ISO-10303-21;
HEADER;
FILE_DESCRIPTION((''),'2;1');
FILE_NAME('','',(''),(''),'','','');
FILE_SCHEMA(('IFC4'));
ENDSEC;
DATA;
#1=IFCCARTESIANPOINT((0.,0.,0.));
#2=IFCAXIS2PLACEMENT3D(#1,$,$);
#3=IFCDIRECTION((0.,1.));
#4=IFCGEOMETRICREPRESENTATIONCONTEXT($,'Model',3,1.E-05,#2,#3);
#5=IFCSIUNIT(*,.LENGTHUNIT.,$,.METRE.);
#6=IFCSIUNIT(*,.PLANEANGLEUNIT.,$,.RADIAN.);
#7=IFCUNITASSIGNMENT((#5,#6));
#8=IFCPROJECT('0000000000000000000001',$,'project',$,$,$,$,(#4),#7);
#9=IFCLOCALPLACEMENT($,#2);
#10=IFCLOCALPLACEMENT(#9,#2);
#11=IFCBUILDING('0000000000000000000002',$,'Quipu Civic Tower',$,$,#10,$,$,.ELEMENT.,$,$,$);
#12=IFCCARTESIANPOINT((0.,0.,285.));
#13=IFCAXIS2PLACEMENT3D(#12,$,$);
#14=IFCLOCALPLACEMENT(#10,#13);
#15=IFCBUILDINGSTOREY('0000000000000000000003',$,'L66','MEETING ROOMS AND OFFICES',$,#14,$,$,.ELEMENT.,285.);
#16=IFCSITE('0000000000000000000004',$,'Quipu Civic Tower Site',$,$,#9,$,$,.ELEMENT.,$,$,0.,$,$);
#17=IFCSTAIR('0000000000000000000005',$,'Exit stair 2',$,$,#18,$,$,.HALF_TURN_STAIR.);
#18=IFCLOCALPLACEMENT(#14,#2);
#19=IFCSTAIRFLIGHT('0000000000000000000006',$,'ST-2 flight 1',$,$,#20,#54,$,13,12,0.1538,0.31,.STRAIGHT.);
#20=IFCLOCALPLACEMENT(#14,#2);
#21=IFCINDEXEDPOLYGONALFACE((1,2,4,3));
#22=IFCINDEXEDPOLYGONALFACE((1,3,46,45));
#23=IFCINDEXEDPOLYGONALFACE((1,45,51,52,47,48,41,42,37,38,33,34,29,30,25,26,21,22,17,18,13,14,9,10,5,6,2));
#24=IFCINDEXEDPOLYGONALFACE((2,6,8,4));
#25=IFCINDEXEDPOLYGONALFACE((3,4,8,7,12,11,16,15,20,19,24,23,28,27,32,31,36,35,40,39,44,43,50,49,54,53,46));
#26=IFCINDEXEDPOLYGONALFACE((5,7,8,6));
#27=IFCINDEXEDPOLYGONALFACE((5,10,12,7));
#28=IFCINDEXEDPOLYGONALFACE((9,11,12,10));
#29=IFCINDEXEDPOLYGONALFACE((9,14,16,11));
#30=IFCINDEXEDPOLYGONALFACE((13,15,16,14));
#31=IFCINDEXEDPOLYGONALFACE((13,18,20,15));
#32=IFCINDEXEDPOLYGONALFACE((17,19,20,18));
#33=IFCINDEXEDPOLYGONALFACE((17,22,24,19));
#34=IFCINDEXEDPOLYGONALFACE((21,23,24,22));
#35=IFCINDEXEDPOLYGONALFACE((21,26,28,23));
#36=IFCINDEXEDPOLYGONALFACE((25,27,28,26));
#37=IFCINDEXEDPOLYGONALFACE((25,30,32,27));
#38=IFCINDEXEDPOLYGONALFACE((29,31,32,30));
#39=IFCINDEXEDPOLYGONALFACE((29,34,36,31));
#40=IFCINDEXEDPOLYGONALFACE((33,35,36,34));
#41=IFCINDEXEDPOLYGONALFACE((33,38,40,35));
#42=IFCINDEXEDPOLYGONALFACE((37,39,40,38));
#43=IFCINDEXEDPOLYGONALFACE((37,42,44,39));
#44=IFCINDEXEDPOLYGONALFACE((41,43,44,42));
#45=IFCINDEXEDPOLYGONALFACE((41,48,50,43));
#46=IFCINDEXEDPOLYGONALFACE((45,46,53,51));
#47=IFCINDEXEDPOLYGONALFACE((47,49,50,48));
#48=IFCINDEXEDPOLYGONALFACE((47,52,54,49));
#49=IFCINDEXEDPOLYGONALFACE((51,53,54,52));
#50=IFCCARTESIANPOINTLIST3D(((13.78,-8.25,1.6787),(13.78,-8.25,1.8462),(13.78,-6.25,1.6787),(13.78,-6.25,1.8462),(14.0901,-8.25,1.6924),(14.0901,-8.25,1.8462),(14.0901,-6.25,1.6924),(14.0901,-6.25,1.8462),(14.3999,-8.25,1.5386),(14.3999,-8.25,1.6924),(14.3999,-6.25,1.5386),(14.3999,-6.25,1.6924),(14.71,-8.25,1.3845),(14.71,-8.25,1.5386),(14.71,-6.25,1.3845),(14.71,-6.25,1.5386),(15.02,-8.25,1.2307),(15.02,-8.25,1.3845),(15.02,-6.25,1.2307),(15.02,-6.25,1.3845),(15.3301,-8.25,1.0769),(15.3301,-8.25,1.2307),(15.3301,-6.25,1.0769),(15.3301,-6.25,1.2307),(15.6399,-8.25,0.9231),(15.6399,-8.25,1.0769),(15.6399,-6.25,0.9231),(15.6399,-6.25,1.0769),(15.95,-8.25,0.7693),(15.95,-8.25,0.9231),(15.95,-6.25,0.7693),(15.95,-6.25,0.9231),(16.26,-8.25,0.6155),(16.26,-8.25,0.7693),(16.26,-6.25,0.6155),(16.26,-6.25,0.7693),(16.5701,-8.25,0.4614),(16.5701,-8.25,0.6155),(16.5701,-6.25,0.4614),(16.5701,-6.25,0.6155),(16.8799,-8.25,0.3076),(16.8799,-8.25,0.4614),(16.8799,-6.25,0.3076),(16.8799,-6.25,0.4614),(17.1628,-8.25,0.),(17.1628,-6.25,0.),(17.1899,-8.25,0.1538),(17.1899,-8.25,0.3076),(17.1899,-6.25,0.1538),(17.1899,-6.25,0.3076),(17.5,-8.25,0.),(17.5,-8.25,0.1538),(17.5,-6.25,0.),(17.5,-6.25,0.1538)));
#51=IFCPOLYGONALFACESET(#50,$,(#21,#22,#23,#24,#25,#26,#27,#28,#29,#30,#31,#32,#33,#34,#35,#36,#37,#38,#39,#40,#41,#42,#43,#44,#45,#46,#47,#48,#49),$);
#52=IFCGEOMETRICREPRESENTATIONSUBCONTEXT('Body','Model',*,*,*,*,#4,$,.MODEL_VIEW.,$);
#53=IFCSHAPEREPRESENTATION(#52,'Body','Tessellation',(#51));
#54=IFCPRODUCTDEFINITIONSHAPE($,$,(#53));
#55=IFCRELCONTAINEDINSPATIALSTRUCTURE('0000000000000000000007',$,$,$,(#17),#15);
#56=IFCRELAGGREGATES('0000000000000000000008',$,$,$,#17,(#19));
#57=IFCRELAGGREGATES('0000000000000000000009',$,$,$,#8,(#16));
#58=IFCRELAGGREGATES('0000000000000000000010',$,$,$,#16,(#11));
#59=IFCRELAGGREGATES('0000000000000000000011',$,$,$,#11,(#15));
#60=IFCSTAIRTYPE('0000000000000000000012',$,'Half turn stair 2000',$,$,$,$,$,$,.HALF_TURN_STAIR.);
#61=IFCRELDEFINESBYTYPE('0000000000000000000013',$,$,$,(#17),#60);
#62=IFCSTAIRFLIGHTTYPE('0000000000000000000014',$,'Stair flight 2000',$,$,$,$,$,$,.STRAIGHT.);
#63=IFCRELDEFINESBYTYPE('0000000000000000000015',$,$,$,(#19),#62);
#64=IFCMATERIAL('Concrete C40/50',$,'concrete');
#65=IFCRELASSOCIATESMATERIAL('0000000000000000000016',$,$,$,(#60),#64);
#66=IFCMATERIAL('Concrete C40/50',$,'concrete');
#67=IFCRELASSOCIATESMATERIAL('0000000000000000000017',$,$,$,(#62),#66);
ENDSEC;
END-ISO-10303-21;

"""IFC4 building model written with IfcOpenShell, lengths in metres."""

from ifc_helpers import new_model, si_unit, direction, frame, origin, place, context, subcontext, project, spatial, polyline, outline, extrude, material, type_object, element, aggregate, save


model = new_model("IFC4")

# Units and contexts
model_context = context("Model", 3, precision=1e-05, world=origin(), true_north=direction((0.0, 1.0)))
body_context = subcontext(model_context, "Body", "Model", "MODEL_VIEW")
ifc_project = project(units=[si_unit("LENGTHUNIT", "METRE"), si_unit("PLANEANGLEUNIT", "RADIAN")], contexts=[model_context])

# Site, building, storey
site_placement = place(None, origin())
site = spatial("IfcSite", under=ifc_project, at=site_placement, Name="Quipu Civic Tower Site", CompositionType="ELEMENT", RefElevation=0.0)
building_placement = place(site_placement, origin())
building = spatial("IfcBuilding", under=site, at=building_placement, Name="Quipu Civic Tower", CompositionType="ELEMENT")
storey_placement = place(building_placement, frame((0.0, 0.0, 285.0)))
storey = spatial("IfcBuildingStorey", under=building, at=storey_placement, Name="L66", Description="MEETING ROOMS AND OFFICES", CompositionType="ELEMENT", Elevation=285.0)

# Stair, stair flight
ifc_material_1 = material(Name="Concrete C40/50", Category="concrete")
stair_type = type_object("IfcStairType", Name="Half turn stair 2000", PredefinedType="HALF_TURN_STAIR", material=ifc_material_1)
stair_placement = place(storey_placement, origin())
stair = element("IfcStair", 1, at=stair_placement, inside=storey, type_object=stair_type, Name="Exit stair 2", PredefinedType="HALF_TURN_STAIR")
ifc_material_2 = material(Name="Concrete C40/50", Category="concrete")
stair_flight_type = type_object("IfcStairFlightType", Name="Stair flight 2000", PredefinedType="STRAIGHT", material=ifc_material_2)
stair_flight_placement = place(storey_placement, frame((17.5, -7.25, 0.0), z_axis=(0.0, 0.0, 1.0), x_axis=(-1.0, 0.0, 0.0)))
stair_flight = element("IfcStairFlight", 2, at=stair_flight_placement, type_object=stair_flight_type, Name="ST-2 flight 1", NumberOfRisers=13, NumberOfTreads=12, PredefinedType="STRAIGHT", RiserHeight=0.1538, TreadLength=0.31, context=body_context, shape_type="SweptSolid", body=[
    extrude(outline(polyline([(0.0, 0.0), (0.0, 0.1538), (0.3101, 0.1538), (0.3101, 0.3076), (0.6201, 0.3076), (0.6201, 0.4614), (0.9299, 0.4614), (0.9299, 0.6155), (1.24, 0.6155), (1.24, 0.7693), (1.55, 0.7693), (1.55, 0.9231), (1.8601, 0.9231), (1.8601, 1.0769), (2.1699, 1.0769), (2.1699, 1.2307), (2.48, 1.2307), (2.48, 1.3845), (2.79, 1.3845), (2.79, 1.5386), (3.1001, 1.5386), (3.1001, 1.6924), (3.4099, 1.6924), (3.4099, 1.8462), (3.72, 1.8462), (3.72, 2.0), (3.72, 1.6787), (0.3372, 0.0), (0.0, 0.0)])), frame((0.0, 1.0, 0.0), z_axis=(0.0, -1.0, 0.0), x_axis=(1.0, 0.0, 0.0)), (0.0, 0.0, 1.0), 2.0),
])
aggregate(stair, [stair_flight])

save(model, "model.ifc")
